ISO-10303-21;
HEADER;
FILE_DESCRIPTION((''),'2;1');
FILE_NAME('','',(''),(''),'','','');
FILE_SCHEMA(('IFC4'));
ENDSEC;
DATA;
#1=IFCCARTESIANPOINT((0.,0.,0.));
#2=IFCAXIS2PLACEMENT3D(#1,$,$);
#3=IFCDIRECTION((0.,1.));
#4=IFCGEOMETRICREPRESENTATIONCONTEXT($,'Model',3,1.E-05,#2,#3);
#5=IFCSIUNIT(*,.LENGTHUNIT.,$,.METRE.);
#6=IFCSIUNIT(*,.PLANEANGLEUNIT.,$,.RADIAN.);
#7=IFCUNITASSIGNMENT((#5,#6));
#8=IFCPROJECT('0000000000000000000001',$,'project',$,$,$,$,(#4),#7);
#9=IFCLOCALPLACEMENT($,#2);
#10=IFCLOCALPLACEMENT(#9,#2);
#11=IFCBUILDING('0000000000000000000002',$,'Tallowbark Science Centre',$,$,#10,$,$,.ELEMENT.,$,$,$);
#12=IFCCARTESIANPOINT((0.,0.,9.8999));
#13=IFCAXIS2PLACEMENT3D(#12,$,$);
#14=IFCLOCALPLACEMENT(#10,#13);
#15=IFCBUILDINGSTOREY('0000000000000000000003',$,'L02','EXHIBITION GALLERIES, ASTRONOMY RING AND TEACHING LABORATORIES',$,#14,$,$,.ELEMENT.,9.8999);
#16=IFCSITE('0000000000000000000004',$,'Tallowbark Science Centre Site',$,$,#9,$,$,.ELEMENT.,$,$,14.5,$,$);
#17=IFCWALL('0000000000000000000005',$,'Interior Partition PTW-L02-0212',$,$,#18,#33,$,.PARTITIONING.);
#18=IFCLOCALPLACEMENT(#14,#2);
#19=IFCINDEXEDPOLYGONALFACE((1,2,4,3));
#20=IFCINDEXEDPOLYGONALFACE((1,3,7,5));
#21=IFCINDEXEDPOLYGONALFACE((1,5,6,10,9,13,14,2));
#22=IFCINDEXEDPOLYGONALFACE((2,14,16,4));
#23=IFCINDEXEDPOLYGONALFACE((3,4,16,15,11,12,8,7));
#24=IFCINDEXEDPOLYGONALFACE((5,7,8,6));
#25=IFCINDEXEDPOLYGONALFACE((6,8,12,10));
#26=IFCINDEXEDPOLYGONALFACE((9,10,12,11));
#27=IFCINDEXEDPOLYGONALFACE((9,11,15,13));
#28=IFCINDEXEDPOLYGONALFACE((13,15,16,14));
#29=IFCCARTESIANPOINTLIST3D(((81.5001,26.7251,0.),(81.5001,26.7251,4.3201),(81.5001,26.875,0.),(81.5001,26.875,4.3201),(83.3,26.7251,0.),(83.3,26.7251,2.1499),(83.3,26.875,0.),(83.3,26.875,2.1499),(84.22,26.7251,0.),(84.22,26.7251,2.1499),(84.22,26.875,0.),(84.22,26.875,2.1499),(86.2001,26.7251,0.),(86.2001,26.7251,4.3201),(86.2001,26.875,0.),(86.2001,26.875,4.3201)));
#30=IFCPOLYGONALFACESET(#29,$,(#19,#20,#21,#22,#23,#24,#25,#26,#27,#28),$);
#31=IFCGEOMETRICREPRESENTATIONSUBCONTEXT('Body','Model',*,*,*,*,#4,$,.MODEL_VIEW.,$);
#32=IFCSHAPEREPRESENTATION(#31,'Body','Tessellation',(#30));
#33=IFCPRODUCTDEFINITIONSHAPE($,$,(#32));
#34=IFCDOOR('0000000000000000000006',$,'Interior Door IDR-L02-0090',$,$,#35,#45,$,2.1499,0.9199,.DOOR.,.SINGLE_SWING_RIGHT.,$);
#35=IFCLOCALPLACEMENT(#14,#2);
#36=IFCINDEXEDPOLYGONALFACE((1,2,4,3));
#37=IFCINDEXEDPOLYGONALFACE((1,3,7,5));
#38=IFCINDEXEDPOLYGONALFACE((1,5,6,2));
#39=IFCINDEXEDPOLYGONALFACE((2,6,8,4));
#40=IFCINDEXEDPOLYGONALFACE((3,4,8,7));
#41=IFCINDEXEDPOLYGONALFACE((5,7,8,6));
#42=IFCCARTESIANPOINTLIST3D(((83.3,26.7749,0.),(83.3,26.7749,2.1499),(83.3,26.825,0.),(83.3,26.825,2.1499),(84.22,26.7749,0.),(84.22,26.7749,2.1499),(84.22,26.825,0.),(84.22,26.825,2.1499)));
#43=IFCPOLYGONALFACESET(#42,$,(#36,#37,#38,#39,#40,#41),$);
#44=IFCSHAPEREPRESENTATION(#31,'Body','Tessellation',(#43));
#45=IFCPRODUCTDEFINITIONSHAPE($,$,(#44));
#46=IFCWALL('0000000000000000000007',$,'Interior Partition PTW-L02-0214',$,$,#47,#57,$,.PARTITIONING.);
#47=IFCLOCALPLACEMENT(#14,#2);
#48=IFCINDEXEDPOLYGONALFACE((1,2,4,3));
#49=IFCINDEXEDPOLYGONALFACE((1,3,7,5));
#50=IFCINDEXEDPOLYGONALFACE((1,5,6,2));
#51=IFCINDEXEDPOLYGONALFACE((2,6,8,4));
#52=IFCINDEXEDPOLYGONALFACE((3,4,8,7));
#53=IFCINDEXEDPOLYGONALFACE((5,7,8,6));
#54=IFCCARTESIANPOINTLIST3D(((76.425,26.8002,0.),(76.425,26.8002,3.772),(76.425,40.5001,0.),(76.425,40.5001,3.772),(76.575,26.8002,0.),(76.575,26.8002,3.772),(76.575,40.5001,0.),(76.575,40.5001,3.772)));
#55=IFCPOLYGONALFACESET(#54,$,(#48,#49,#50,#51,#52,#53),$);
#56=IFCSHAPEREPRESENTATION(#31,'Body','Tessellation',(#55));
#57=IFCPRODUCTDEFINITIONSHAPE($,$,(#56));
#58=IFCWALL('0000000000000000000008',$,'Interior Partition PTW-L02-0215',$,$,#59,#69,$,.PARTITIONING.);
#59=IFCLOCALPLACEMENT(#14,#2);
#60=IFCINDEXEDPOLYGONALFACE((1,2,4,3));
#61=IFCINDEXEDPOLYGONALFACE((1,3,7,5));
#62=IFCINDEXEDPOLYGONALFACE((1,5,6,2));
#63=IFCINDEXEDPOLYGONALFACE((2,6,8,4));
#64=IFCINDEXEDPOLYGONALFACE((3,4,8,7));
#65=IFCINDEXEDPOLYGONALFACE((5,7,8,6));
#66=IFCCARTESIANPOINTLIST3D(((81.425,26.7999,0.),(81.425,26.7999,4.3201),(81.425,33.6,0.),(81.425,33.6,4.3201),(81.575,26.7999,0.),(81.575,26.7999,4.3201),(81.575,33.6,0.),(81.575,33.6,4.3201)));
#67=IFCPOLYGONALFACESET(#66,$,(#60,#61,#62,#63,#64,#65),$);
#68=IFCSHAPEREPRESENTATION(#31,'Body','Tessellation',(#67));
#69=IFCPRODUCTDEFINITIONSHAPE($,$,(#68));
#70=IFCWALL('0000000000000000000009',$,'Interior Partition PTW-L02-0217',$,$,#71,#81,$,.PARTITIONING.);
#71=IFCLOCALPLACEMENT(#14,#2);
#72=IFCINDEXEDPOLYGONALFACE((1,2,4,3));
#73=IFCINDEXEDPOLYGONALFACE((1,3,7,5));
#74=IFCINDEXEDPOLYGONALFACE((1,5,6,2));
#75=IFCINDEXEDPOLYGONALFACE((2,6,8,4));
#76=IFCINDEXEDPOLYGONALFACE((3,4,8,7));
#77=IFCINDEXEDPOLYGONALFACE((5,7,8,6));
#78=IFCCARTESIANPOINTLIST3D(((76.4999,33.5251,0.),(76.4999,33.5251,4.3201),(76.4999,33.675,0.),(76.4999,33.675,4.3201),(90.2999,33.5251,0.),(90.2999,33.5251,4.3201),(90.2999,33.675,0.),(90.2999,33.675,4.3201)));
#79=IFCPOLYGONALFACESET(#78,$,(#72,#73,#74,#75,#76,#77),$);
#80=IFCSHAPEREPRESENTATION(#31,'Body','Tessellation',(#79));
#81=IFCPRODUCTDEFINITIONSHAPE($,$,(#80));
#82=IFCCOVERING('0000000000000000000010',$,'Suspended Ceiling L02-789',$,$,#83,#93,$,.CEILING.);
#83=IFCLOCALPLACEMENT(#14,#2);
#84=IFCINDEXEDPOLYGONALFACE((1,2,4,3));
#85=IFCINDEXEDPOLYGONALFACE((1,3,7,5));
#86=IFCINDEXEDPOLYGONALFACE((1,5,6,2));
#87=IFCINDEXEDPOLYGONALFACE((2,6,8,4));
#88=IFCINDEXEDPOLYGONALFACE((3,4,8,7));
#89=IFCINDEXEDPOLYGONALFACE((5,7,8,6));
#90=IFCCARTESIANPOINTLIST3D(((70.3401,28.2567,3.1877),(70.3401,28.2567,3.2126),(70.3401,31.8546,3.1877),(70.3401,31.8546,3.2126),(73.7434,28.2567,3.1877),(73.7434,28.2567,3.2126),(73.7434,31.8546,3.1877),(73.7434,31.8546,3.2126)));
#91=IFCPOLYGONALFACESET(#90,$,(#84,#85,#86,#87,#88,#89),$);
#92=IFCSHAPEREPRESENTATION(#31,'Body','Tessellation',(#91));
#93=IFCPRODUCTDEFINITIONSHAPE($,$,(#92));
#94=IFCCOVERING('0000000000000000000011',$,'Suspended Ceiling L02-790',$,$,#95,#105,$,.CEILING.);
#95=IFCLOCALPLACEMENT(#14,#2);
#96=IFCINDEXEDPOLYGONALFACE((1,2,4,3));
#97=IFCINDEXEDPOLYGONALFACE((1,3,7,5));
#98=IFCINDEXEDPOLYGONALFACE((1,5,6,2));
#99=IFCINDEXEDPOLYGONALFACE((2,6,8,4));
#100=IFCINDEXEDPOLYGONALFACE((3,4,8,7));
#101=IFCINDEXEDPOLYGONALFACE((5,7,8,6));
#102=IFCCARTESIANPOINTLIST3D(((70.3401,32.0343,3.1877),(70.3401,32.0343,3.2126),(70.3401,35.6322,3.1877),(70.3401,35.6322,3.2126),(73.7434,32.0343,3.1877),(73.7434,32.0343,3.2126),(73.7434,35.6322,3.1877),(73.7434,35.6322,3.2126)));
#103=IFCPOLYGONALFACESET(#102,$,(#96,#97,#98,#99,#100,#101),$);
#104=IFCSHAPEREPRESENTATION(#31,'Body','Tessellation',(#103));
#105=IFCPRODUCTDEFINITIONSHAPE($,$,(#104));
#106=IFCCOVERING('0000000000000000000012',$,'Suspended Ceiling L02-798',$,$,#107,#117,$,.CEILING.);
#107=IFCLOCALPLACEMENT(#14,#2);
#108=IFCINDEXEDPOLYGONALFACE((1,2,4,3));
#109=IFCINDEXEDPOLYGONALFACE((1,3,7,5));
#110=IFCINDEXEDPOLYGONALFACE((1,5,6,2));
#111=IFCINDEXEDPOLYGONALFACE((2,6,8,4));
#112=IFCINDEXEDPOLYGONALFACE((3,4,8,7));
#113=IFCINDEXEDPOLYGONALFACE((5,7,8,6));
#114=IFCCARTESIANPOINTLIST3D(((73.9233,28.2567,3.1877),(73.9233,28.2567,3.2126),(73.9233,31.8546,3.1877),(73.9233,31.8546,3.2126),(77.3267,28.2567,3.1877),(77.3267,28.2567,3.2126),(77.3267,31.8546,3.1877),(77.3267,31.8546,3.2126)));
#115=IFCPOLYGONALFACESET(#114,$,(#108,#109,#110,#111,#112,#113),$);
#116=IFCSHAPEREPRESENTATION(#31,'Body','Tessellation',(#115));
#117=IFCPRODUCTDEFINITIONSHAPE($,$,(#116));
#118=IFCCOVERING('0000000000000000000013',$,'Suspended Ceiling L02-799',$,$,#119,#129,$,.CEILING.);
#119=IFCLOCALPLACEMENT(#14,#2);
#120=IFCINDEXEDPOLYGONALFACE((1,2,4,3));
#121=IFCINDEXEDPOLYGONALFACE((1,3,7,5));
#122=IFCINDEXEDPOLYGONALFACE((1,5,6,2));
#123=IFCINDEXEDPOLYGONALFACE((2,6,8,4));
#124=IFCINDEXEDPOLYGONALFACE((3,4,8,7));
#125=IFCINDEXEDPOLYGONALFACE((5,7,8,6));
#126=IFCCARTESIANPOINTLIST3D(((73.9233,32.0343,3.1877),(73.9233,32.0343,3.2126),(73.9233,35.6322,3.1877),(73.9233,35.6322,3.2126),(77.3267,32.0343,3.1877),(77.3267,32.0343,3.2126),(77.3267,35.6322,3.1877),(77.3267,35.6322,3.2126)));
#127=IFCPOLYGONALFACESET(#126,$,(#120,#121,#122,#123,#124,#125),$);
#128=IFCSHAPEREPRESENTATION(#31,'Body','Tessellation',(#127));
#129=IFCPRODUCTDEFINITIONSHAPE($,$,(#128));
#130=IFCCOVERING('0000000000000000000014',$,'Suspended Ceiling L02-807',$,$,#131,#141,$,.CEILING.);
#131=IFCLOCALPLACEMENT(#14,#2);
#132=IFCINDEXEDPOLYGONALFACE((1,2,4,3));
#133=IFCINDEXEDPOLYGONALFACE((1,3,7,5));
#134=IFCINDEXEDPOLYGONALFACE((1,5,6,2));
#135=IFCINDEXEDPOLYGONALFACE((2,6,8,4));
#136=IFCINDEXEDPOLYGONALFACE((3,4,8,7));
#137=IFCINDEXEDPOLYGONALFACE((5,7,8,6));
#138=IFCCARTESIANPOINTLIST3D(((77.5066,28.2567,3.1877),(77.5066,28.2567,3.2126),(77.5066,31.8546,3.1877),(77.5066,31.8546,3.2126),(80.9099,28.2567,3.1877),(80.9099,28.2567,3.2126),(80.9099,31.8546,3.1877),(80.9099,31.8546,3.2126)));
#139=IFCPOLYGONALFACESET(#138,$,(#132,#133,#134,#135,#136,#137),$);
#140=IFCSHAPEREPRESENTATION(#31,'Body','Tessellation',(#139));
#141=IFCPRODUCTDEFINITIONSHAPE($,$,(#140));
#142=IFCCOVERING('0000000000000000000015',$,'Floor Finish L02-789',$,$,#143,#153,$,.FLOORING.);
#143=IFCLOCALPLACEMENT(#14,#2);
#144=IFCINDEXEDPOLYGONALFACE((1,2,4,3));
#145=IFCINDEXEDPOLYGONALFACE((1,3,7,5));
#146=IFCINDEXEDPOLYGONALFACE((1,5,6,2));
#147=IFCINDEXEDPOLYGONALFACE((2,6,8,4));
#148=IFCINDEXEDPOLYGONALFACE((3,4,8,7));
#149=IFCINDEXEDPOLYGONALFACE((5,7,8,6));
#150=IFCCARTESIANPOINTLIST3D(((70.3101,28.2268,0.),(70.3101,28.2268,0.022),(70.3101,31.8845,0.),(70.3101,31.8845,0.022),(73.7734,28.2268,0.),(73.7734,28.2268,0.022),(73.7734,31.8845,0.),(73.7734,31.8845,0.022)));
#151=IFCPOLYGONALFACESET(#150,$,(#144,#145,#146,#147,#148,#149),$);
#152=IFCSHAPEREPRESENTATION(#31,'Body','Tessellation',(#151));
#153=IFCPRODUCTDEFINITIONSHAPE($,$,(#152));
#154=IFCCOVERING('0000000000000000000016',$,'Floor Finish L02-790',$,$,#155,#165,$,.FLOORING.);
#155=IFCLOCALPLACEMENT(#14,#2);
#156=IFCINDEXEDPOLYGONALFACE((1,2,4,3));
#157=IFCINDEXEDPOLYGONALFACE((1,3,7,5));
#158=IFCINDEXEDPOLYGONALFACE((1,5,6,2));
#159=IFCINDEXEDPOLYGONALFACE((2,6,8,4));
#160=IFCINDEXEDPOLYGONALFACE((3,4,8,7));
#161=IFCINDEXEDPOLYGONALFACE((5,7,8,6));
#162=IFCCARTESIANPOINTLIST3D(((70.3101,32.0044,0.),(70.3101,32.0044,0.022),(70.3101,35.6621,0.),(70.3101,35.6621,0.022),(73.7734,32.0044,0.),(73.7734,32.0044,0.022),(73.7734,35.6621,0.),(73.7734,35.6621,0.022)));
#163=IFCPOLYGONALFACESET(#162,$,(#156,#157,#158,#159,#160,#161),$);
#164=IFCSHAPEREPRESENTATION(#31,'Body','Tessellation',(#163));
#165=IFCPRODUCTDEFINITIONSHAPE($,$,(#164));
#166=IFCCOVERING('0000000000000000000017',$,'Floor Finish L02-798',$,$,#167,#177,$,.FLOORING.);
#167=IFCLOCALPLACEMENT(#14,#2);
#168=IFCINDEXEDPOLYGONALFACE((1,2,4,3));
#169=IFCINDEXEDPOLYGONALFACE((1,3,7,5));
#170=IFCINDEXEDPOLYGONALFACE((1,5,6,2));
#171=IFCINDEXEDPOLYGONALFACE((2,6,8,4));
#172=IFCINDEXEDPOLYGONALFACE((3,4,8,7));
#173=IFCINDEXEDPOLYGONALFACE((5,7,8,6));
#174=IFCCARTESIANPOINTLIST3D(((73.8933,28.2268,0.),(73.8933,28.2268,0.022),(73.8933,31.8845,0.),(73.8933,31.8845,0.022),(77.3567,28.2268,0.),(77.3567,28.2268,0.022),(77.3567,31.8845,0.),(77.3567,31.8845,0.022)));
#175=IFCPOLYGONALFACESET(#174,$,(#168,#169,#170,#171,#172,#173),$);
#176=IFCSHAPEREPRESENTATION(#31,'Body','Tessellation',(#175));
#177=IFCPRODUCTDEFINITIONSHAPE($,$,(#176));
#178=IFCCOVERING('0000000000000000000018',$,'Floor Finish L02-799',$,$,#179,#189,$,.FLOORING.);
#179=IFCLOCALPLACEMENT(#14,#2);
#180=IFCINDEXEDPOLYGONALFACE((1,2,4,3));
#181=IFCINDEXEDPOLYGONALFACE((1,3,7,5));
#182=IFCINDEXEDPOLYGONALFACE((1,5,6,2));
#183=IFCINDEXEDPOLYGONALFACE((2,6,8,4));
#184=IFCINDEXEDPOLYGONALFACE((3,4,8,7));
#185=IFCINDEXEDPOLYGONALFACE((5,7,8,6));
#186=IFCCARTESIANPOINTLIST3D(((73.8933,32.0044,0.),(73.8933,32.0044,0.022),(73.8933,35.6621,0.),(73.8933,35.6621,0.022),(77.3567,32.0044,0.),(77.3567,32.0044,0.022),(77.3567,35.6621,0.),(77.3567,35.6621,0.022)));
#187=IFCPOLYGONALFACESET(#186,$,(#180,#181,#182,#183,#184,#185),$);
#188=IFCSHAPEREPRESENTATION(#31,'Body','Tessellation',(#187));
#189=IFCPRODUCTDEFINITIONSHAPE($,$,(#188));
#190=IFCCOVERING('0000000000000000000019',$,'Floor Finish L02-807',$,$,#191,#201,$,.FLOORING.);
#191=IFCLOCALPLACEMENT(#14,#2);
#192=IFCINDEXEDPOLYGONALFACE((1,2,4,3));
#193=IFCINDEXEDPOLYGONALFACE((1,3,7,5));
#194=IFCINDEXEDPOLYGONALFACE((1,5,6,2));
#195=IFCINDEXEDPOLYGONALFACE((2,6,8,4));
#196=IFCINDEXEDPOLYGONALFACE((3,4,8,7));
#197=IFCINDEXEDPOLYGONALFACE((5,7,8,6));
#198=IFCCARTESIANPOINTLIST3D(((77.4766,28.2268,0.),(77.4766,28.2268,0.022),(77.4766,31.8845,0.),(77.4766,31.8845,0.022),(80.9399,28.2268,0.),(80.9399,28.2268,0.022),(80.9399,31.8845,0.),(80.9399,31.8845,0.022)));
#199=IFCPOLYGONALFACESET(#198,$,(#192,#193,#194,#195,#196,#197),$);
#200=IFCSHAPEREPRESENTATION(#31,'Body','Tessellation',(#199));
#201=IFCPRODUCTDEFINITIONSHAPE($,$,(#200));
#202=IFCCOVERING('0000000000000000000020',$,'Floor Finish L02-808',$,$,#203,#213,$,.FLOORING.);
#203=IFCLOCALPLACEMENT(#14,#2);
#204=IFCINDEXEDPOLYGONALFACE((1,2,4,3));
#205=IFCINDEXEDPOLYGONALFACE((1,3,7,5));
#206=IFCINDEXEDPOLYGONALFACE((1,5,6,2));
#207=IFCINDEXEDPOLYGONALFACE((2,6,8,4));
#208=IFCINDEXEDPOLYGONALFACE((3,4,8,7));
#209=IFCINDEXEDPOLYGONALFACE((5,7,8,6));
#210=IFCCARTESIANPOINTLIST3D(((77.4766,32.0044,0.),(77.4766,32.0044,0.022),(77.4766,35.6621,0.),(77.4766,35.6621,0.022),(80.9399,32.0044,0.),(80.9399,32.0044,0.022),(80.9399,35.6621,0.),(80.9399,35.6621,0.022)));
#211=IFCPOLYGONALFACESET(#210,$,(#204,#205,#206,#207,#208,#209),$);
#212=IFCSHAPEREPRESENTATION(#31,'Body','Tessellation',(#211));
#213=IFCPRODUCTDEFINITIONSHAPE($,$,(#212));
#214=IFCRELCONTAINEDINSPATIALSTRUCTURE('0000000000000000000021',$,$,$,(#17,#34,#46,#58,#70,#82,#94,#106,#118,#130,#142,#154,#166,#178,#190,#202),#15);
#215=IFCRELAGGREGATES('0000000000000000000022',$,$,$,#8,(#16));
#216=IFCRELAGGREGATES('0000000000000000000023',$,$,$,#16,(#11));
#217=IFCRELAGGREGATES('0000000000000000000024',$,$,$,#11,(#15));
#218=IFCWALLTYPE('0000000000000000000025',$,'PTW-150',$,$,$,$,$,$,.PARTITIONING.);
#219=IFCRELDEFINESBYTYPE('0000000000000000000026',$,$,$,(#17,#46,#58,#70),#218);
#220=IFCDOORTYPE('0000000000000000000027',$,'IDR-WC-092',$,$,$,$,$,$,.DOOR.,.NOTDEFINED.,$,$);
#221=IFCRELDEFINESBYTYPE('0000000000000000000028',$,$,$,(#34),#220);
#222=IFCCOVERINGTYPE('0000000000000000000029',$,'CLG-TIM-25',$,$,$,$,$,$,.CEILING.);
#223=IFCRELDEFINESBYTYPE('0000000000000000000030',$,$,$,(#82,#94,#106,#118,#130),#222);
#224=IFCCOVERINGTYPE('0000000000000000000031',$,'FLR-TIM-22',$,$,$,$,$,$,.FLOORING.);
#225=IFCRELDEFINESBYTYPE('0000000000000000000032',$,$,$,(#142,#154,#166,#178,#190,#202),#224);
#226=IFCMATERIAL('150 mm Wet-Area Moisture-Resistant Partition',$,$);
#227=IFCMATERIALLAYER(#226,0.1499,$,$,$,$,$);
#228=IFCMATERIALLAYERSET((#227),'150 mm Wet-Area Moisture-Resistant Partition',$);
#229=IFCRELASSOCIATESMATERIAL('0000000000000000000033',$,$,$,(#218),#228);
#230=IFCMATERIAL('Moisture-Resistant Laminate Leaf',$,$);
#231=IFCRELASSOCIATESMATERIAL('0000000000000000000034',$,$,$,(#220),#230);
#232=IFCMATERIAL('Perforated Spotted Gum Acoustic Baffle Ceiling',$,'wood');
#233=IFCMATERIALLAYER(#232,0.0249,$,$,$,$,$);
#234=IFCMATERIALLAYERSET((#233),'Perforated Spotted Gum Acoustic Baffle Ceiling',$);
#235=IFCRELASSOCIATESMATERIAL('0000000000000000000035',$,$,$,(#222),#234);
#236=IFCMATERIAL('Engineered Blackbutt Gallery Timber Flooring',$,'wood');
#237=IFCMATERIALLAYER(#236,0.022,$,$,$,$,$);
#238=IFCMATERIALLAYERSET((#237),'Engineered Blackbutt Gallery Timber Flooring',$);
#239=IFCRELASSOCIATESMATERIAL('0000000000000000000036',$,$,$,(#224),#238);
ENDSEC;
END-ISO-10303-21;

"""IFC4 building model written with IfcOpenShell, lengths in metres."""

from ifc_helpers import new_model, si_unit, direction, frame, frame_2d, origin, origin_2d, place, context, subcontext, project, spatial, rectangle, extrude, material, layer, layer_set, type_object, element, fill, save


model = new_model("IFC4")

# Units and contexts
model_context = context("Model", 3, precision=1e-05, world=origin(), true_north=direction((0.0, 1.0)))
body_context = subcontext(model_context, "Body", "Model", "MODEL_VIEW")
ifc_project = project(units=[si_unit("LENGTHUNIT", "METRE"), si_unit("PLANEANGLEUNIT", "RADIAN")], contexts=[model_context])

# Site, building, storey
site_placement = place(None, origin())
site = spatial("IfcSite", under=ifc_project, at=site_placement, Name="Tallowbark Science Centre Site", CompositionType="ELEMENT", RefElevation=14.5)
building_placement = place(site_placement, origin())
building = spatial("IfcBuilding", under=site, at=building_placement, Name="Tallowbark Science Centre", CompositionType="ELEMENT")
storey_placement = place(building_placement, frame((0.0, 0.0, 9.8999)))
storey = spatial("IfcBuildingStorey", under=building, at=storey_placement, Name="L02", Description="EXHIBITION GALLERIES, ASTRONOMY RING AND TEACHING LABORATORIES", CompositionType="ELEMENT", Elevation=9.8999)

# Wall, opening, door
ifc_material_1 = material(Name="150 mm Wet-Area Moisture-Resistant Partition")
ifc_layer_1 = layer(ifc_material_1, 0.1499)
ifc_layer_set_1 = layer_set([ifc_layer_1], Name="150 mm Wet-Area Moisture-Resistant Partition")
wall_type = type_object("IfcWallType", Name="PTW-150", PredefinedType="PARTITIONING", material=ifc_layer_set_1)
ifc_material_2 = material(Name="Moisture-Resistant Laminate Leaf")
door_type = type_object("IfcDoorType", Name="IDR-WC-092", OperationType="NOTDEFINED", PredefinedType="DOOR", material=ifc_material_2)
wall_1_placement = place(storey_placement, frame((81.5, 26.8, 0.0), z_axis=(0.0, 0.0, 1.0), x_axis=(1.0, 0.0, 0.0)))
wall_1 = element("IfcWall", 1, at=wall_1_placement, inside=storey, type_object=wall_type, Name="Interior Partition PTW-L02-0212", PredefinedType="PARTITIONING", context=body_context, shape_type="SweptSolid", body=[
    extrude(rectangle(XDim=4.7, YDim=0.1499, at=frame_2d((2.3501, 0.0))), origin(), (0.0, 0.0, 1.0), 4.3201),
])
opening_1_placement = place(wall_1_placement, frame((1.8, 0.0, 0.0)))
opening_1 = element("IfcOpeningElement", 2, at=opening_1_placement, cuts=wall_1, PredefinedType="OPENING", context=body_context, shape_type="SweptSolid", body=[
    extrude(rectangle(XDim=0.9199, YDim=2.1499, at=frame_2d((0.46, 1.075))), frame((0.0, 0.085, 0.0), z_axis=(0.0, -1.0, 0.0), x_axis=(1.0, 0.0, 0.0)), (0.0, 0.0, 1.0), 0.1699),
])
door_1_placement = place(opening_1_placement, origin())
door_1 = element("IfcDoor", 3, at=door_1_placement, inside=storey, type_object=door_type, Name="Interior Door IDR-L02-0090", OperationType="SINGLE_SWING_RIGHT", OverallHeight=2.1499, OverallWidth=0.9199, PredefinedType="DOOR", context=body_context, shape_type="SweptSolid", body=[
    extrude(rectangle(XDim=0.9199, YDim=2.1499, at=frame_2d((0.46, 1.075))), frame((0.0, 0.0249, 0.0), z_axis=(0.0, -1.0, 0.0), x_axis=(1.0, 0.0, 0.0)), (0.0, 0.0, 1.0), 0.05),
])
fill(opening_1, door_1)

# Walls
wall_2_placement = place(storey_placement, frame((76.5, 26.8, 0.0), z_axis=(0.0, 0.0, 1.0), x_axis=(0.0, 1.0, 0.0)))
element("IfcWall", 4, at=wall_2_placement, inside=storey, type_object=wall_type, Name="Interior Partition PTW-L02-0214", PredefinedType="PARTITIONING", context=body_context, shape_type="SweptSolid", body=[
    extrude(rectangle(XDim=13.7, YDim=0.1499, at=frame_2d((6.8501, 0.0))), origin(), (0.0, 0.0, 1.0), 3.772),
])
wall_3_placement = place(storey_placement, frame((81.5, 26.8, 0.0), z_axis=(0.0, 0.0, 1.0), x_axis=(0.0, 1.0, 0.0)))
element("IfcWall", 5, at=wall_3_placement, inside=storey, type_object=wall_type, Name="Interior Partition PTW-L02-0215", PredefinedType="PARTITIONING", context=body_context, shape_type="SweptSolid", body=[
    extrude(rectangle(XDim=6.8, YDim=0.1499, at=frame_2d((3.3999, 0.0))), origin(), (0.0, 0.0, 1.0), 4.3201),
])
wall_4_placement = place(storey_placement, frame((76.5, 33.6001, 0.0), z_axis=(0.0, 0.0, 1.0), x_axis=(1.0, 0.0, 0.0)))
element("IfcWall", 6, at=wall_4_placement, inside=storey, type_object=wall_type, Name="Interior Partition PTW-L02-0217", PredefinedType="PARTITIONING", context=body_context, shape_type="SweptSolid", body=[
    extrude(rectangle(XDim=13.8, YDim=0.1499, at=frame_2d((6.8999, 0.0))), origin(), (0.0, 0.0, 1.0), 4.3201),
])

# Coverings
ifc_material_3 = material(Name="Perforated Spotted Gum Acoustic Baffle Ceiling", Category="wood")
ifc_layer_2 = layer(ifc_material_3, 0.0249)
ifc_layer_set_2 = layer_set([ifc_layer_2], Name="Perforated Spotted Gum Acoustic Baffle Ceiling")
covering_type_1 = type_object("IfcCoveringType", Name="CLG-TIM-25", PredefinedType="CEILING", material=ifc_layer_set_2)
for number, where, z_axis, x_axis, name in (
    (7, (72.0417, 30.0557, 3.1877), (0.0, 0.0, 1.0), (1.0, 0.0, 0.0), "Suspended Ceiling L02-789"),
    (8, (72.0417, 33.8333, 3.1877), (0.0, 0.0, 1.0), (1.0, 0.0, 0.0), "Suspended Ceiling L02-790"),
    (9, (75.625, 30.0557, 3.1877), (0.0, 0.0, 1.0), (1.0, 0.0, 0.0), "Suspended Ceiling L02-798"),
    (10, (75.625, 33.8333, 3.1877), (0.0, 0.0, 1.0), (1.0, 0.0, 0.0), "Suspended Ceiling L02-799"),
    (11, (79.2083, 30.0557, 3.1877), (0.0, 0.0, 1.0), (1.0, 0.0, 0.0), "Suspended Ceiling L02-807"),
):
    element("IfcCovering", number, at=place(storey_placement, frame(where, z_axis=z_axis, x_axis=x_axis)), inside=storey, type_object=covering_type_1, Name=name, PredefinedType="CEILING", context=body_context, shape_type="SweptSolid", body=[
        extrude(rectangle(XDim=3.4033, YDim=3.5979, at=origin_2d()), origin(), (0.0, 0.0, 1.0), 0.0249),
    ])
ifc_material_4 = material(Name="Engineered Blackbutt Gallery Timber Flooring", Category="wood")
ifc_layer_3 = layer(ifc_material_4, 0.022)
ifc_layer_set_3 = layer_set([ifc_layer_3], Name="Engineered Blackbutt Gallery Timber Flooring")
covering_type_2 = type_object("IfcCoveringType", Name="FLR-TIM-22", PredefinedType="FLOORING", material=ifc_layer_set_3)
for number, where, z_axis, x_axis, name in (
    (12, (72.0417, 30.0557, 0.0), (0.0, 0.0, 1.0), (1.0, 0.0, 0.0), "Floor Finish L02-789"),
    (13, (72.0417, 33.8333, 0.0), (0.0, 0.0, 1.0), (1.0, 0.0, 0.0), "Floor Finish L02-790"),
    (14, (75.625, 30.0557, 0.0), (0.0, 0.0, 1.0), (1.0, 0.0, 0.0), "Floor Finish L02-798"),
    (15, (75.625, 33.8333, 0.0), (0.0, 0.0, 1.0), (1.0, 0.0, 0.0), "Floor Finish L02-799"),
    (16, (79.2083, 30.0557, 0.0), (0.0, 0.0, 1.0), (1.0, 0.0, 0.0), "Floor Finish L02-807"),
    (17, (79.2083, 33.8333, 0.0), (0.0, 0.0, 1.0), (1.0, 0.0, 0.0), "Floor Finish L02-808"),
):
    element("IfcCovering", number, at=place(storey_placement, frame(where, z_axis=z_axis, x_axis=x_axis)), inside=storey, type_object=covering_type_2, Name=name, PredefinedType="FLOORING", context=body_context, shape_type="SweptSolid", body=[
        extrude(rectangle(XDim=3.4634, YDim=3.6577, at=origin_2d()), origin(), (0.0, 0.0, 1.0), 0.022),
    ])

save(model, "model.ifc")
